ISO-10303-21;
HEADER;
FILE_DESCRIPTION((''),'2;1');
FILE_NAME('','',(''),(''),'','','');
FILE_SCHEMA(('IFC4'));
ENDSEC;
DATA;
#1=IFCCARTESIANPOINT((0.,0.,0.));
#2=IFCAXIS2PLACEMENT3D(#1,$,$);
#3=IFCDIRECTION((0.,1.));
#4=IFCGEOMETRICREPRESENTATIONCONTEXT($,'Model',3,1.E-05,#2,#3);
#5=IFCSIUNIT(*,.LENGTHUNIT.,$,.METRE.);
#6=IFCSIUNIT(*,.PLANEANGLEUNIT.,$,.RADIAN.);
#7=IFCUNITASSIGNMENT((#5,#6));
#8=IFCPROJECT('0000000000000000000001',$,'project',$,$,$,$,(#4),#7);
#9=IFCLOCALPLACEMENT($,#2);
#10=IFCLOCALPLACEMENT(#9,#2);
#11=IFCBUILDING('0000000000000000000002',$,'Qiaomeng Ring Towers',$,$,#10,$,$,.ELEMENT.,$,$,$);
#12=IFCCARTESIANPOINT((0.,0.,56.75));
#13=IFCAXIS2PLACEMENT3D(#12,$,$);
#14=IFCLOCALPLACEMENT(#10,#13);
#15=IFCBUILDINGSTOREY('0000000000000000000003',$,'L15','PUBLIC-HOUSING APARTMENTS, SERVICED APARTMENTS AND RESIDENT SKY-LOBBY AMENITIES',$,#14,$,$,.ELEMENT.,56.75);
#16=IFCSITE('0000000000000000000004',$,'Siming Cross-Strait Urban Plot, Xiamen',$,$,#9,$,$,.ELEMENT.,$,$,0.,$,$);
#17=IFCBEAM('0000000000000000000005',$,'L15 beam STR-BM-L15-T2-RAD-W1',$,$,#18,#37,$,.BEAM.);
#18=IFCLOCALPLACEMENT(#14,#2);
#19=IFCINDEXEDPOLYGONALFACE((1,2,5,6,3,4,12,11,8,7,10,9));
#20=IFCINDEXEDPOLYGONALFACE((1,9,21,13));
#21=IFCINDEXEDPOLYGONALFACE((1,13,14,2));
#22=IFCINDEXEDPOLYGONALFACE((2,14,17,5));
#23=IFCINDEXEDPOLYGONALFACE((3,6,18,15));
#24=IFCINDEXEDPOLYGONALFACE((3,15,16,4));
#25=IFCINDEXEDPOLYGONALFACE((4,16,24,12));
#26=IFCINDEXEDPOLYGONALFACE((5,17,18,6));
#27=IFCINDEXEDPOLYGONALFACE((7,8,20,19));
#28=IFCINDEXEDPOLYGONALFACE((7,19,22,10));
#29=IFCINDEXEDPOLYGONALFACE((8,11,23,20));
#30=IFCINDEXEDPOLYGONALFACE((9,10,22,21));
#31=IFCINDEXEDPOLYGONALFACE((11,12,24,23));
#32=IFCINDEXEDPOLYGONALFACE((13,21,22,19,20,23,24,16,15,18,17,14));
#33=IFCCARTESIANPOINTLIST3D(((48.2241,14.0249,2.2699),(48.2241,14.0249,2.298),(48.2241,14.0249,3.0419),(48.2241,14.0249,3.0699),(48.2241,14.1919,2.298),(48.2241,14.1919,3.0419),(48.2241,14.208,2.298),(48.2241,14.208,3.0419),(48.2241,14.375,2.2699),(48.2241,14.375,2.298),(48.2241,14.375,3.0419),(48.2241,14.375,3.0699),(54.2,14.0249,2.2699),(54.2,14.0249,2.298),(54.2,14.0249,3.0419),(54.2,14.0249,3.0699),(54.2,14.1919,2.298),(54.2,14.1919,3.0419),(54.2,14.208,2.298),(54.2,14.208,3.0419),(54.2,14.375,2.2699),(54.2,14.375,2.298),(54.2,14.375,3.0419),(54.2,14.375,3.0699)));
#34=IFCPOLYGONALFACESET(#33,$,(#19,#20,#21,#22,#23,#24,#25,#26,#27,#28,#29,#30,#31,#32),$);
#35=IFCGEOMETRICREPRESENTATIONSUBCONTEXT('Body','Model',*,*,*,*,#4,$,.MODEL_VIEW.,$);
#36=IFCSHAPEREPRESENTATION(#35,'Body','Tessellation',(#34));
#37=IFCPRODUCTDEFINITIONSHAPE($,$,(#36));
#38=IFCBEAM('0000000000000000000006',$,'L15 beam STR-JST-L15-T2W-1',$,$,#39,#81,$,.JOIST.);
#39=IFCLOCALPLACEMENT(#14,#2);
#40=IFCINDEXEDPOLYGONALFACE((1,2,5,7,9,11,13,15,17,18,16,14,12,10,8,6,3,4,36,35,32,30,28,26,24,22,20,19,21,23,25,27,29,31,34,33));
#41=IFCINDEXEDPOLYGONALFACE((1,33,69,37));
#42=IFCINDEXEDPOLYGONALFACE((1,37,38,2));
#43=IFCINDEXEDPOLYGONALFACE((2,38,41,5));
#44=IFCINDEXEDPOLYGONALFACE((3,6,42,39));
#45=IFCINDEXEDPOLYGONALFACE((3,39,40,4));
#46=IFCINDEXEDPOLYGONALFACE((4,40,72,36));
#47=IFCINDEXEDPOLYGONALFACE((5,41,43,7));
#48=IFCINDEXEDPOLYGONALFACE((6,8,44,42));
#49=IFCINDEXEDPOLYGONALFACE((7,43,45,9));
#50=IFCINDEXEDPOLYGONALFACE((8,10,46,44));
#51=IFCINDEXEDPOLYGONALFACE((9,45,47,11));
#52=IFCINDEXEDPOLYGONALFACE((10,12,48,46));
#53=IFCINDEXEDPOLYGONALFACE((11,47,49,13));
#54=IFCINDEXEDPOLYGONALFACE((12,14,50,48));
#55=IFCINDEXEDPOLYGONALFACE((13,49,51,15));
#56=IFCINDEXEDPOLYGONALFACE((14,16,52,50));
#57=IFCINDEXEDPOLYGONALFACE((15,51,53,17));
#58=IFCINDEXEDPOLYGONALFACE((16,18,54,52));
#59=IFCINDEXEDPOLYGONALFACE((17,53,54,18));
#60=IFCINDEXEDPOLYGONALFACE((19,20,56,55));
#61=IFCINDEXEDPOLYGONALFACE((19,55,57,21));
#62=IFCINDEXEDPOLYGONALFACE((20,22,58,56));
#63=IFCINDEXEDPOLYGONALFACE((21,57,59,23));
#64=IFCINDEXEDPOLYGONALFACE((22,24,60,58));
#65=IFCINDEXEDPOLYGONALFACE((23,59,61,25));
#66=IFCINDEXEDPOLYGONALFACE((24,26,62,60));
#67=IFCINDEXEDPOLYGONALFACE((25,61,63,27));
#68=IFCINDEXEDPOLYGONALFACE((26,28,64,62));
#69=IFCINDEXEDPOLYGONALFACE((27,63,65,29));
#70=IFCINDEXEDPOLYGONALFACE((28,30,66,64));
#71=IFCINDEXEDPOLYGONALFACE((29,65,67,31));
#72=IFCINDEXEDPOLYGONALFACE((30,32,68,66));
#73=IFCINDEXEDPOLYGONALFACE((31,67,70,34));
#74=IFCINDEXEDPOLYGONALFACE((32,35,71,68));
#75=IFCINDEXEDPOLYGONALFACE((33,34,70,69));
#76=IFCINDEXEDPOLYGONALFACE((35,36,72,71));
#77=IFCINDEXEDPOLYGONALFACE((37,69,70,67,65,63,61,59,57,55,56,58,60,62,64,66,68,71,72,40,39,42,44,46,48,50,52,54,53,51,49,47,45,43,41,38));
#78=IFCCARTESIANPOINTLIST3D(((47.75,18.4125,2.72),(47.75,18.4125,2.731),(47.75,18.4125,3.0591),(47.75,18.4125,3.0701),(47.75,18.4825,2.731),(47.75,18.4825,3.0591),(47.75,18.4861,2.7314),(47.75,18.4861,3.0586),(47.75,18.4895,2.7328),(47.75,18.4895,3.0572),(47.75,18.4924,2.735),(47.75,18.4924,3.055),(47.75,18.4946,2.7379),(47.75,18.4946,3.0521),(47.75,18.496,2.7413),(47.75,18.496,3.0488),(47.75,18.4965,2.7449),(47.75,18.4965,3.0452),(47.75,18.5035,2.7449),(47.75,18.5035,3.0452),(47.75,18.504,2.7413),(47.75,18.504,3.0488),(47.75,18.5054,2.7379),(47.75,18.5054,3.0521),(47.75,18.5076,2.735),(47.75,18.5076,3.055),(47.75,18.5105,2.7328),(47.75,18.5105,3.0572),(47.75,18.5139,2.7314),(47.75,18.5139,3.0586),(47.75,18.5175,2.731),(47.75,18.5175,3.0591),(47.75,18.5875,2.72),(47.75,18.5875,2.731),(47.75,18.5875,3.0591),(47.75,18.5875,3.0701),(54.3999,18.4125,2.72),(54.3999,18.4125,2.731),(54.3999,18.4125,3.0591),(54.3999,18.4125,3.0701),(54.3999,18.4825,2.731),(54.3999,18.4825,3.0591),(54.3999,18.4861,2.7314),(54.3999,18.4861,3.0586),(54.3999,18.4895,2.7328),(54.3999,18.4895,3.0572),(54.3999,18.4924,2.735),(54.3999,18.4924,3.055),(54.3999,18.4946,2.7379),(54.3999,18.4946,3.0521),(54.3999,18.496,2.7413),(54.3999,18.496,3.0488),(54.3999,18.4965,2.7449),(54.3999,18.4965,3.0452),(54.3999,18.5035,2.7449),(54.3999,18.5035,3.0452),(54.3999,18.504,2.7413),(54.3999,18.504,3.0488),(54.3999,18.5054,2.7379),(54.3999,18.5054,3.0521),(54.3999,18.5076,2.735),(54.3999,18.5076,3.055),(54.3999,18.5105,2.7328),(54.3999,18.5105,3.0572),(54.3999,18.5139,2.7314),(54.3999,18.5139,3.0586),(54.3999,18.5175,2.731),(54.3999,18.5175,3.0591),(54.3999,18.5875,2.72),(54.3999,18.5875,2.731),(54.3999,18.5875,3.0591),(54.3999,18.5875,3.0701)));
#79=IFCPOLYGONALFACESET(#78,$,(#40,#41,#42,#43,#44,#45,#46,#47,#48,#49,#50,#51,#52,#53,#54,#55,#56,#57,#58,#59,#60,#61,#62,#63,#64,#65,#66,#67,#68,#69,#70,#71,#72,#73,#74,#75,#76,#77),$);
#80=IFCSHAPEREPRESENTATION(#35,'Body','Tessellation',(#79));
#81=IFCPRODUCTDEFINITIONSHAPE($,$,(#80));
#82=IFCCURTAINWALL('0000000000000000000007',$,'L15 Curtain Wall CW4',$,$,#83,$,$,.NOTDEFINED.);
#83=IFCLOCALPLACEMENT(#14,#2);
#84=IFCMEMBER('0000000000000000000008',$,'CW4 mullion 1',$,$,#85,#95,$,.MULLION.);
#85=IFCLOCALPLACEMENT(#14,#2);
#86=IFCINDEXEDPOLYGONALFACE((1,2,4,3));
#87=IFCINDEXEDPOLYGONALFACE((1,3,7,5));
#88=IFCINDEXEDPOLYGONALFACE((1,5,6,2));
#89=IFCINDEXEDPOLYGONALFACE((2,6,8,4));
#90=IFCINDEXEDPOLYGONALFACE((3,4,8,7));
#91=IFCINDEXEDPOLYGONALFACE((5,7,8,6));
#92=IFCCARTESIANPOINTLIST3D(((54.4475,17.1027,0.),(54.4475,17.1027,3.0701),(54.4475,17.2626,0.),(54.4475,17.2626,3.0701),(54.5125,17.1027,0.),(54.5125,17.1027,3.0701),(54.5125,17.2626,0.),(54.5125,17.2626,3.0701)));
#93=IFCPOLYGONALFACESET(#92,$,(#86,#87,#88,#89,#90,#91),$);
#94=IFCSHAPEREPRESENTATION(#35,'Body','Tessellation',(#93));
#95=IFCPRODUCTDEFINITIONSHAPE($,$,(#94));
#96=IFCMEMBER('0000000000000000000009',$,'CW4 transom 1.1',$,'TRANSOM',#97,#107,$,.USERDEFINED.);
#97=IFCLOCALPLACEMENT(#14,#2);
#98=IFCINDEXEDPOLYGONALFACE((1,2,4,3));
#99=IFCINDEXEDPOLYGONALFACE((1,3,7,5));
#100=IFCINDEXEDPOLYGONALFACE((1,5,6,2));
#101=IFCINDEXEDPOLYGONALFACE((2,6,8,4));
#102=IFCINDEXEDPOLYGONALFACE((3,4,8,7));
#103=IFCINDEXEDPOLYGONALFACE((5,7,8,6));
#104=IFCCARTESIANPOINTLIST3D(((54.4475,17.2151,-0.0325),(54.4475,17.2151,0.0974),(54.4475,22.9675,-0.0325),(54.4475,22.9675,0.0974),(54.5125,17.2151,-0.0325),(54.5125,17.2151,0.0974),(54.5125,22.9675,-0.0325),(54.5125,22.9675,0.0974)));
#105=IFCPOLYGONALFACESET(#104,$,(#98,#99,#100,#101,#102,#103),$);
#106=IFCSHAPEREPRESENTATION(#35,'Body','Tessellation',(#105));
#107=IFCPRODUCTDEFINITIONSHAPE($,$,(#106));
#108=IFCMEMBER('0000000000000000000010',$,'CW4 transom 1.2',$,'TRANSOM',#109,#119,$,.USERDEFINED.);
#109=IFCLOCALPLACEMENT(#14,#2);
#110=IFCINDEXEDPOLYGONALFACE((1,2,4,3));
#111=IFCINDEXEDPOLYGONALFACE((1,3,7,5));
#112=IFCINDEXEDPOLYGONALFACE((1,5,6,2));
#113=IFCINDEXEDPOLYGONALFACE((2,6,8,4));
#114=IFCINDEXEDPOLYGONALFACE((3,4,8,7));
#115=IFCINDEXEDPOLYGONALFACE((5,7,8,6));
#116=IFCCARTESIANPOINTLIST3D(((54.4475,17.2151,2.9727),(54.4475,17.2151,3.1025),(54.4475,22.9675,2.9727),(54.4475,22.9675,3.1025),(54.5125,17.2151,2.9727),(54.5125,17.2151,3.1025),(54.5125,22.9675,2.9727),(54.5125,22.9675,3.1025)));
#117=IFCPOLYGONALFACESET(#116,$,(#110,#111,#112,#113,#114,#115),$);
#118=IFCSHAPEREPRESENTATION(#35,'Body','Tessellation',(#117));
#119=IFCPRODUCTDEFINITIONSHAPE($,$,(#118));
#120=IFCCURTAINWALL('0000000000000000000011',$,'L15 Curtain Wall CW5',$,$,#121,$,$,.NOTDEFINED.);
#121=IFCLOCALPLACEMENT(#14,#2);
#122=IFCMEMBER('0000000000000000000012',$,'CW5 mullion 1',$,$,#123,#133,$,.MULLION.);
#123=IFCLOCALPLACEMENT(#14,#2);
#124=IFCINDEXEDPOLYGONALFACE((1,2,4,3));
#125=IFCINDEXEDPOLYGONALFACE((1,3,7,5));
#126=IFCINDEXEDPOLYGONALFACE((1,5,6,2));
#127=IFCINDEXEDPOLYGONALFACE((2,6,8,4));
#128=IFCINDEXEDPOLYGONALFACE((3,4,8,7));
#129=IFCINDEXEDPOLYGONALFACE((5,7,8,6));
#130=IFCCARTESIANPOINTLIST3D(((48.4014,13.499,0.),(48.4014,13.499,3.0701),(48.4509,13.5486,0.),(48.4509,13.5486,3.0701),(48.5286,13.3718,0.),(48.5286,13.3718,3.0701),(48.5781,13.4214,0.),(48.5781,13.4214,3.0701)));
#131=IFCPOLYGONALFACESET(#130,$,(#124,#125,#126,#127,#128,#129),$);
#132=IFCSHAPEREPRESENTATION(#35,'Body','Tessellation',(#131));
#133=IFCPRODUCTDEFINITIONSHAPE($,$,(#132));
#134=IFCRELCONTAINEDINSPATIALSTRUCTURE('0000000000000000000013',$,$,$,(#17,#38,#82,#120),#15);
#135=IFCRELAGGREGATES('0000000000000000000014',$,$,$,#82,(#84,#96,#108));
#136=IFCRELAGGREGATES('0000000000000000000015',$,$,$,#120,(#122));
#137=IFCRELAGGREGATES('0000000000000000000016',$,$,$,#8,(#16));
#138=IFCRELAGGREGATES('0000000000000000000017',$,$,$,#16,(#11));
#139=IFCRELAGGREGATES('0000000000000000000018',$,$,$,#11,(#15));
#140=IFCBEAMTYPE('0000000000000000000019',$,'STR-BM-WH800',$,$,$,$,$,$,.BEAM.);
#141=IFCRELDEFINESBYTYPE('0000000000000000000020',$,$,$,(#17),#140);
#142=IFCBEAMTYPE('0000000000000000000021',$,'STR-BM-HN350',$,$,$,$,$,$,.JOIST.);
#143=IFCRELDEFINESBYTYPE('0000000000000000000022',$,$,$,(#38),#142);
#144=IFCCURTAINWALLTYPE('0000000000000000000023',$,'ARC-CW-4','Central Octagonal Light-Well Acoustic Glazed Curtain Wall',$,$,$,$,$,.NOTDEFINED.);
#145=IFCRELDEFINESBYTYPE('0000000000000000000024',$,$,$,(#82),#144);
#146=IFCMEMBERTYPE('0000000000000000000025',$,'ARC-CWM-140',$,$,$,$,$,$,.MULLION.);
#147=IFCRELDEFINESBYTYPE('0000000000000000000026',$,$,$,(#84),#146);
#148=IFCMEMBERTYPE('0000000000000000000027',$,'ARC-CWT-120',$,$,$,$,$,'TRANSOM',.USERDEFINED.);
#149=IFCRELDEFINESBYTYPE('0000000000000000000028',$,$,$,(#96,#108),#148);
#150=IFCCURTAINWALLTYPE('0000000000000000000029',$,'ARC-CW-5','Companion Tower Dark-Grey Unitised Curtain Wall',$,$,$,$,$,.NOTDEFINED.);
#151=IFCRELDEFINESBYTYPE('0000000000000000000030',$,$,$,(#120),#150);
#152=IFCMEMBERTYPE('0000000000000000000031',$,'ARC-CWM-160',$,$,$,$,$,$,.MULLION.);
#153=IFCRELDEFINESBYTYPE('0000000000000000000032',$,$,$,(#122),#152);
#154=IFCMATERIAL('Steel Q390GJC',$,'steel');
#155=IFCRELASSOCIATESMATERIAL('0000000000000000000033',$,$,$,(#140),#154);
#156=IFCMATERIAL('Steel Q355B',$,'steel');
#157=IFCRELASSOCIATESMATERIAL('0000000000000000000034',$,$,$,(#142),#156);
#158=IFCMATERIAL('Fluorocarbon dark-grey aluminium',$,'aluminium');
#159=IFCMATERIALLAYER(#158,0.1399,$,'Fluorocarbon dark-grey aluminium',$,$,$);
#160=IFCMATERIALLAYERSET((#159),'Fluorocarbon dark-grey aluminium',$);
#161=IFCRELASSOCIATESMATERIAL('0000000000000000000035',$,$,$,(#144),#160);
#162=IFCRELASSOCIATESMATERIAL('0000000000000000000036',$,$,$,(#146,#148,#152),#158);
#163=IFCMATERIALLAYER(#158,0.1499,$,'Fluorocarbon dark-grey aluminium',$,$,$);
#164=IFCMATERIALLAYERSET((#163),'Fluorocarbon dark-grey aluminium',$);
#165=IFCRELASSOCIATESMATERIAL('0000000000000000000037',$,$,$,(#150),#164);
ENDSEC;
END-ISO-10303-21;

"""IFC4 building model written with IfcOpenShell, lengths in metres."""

from ifc_helpers import new_model, si_unit, direction, frame, origin, origin_2d, place, context, subcontext, project, spatial, rectangle, i_section, extrude, source, transform, mapped, material, layer, layer_set, material_profile, profile_set, type_object, element, aggregate, save


model = new_model("IFC4")

# Units and contexts
model_context = context("Model", 3, precision=1e-05, world=origin(), true_north=direction((0.0, 1.0)))
body_context = subcontext(model_context, "Body", "Model", "MODEL_VIEW")
ifc_project = project(units=[si_unit("LENGTHUNIT", "METRE"), si_unit("PLANEANGLEUNIT", "RADIAN")], contexts=[model_context])

# Site, building, storey
site_placement = place(None, origin())
site = spatial("IfcSite", under=ifc_project, at=site_placement, Name="Siming Cross-Strait Urban Plot, Xiamen", CompositionType="ELEMENT", RefElevation=0.0)
building_placement = place(site_placement, origin())
building = spatial("IfcBuilding", under=site, at=building_placement, Name="Qiaomeng Ring Towers", CompositionType="ELEMENT")
storey_placement = place(building_placement, frame((0.0, 0.0, 56.75)))
storey = spatial("IfcBuildingStorey", under=building, at=storey_placement, Name="L15", Description="PUBLIC-HOUSING APARTMENTS, SERVICED APARTMENTS AND RESIDENT SKY-LOBBY AMENITIES", CompositionType="ELEMENT", Elevation=56.75)

# Beams
ifc_material_1 = material(Name="Steel Q355B", Category="steel")
ifc_material_2 = material(Name="Steel Q390GJC", Category="steel")
ifc_material_profile_1 = material_profile(ifc_material_2, i_section(OverallWidth=0.3501, OverallDepth=0.8, WebThickness=0.0161, FlangeThickness=0.0281, at=origin_2d()), Name="WH 800x350x16x28")
ifc_profile_set_1 = profile_set([ifc_material_profile_1], Name="Steel Q390GJC")
beam_type_1 = type_object("IfcBeamType", Name="STR-BM-WH800", PredefinedType="BEAM", material=ifc_profile_set_1)
shared_shape_1 = source(origin(), body_context, "Body", "SweptSolid", [
    extrude(i_section(OverallWidth=0.3501, OverallDepth=0.8, WebThickness=0.0161, FlangeThickness=0.0281, at=origin_2d()), origin(), (0.0, 0.0, 1.0), 5.9758),
])
beam_1_placement = place(storey_placement, frame((48.2241, 14.2, 2.6699), z_axis=(1.0, 0.0, 0.0), x_axis=(0.0, 1.0, 0.0)))
element("IfcBeam", 1, at=beam_1_placement, inside=storey, type_object=beam_type_1, Name="L15 beam STR-BM-L15-T2-RAD-W1", PredefinedType="BEAM", context=body_context, shape_type="MappedRepresentation", body=[
    mapped(shared_shape_1, transform((0.0, 0.0, 0.0), x_axis=(1.0, 0.0, 0.0), y_axis=(0.0, 1.0, 0.0), z_axis=(0.0, 0.0, 1.0), scale=1.0)),
])
ifc_material_profile_2 = material_profile(ifc_material_1, i_section(OverallWidth=0.175, OverallDepth=0.3501, WebThickness=0.0071, FlangeThickness=0.011, FilletRadius=0.0139, at=origin_2d()), Name="HN 350x175x7x11")
ifc_profile_set_2 = profile_set([ifc_material_profile_2], Name="Steel Q355B")
beam_type_2 = type_object("IfcBeamType", Name="STR-BM-HN350", PredefinedType="JOIST", material=ifc_profile_set_2)
shared_shape_2 = source(origin(), body_context, "Body", "SweptSolid", [
    extrude(i_section(OverallWidth=0.175, OverallDepth=0.3501, WebThickness=0.0071, FlangeThickness=0.011, FilletRadius=0.0139, at=origin_2d()), origin(), (0.0, 0.0, 1.0), 6.6499),
])
beam_2_placement = place(storey_placement, frame((47.75, 18.5, 2.895), z_axis=(1.0, 0.0, 0.0), x_axis=(0.0, 1.0, 0.0)))
element("IfcBeam", 2, at=beam_2_placement, inside=storey, type_object=beam_type_2, Name="L15 beam STR-JST-L15-T2W-1", PredefinedType="JOIST", context=body_context, shape_type="MappedRepresentation", body=[
    mapped(shared_shape_2, transform((0.0, 0.0, 0.0), x_axis=(1.0, 0.0, 0.0), y_axis=(0.0, 1.0, 0.0), z_axis=(0.0, 0.0, 1.0), scale=1.0)),
])

# Curtain wall, members
ifc_material_3 = material(Name="Fluorocarbon dark-grey aluminium", Category="aluminium")
ifc_layer_1 = layer(ifc_material_3, 0.1399, Name="Fluorocarbon dark-grey aluminium")
ifc_layer_set_1 = layer_set([ifc_layer_1], Name="Fluorocarbon dark-grey aluminium")
curtain_wall_type_1 = type_object("IfcCurtainWallType", Name="ARC-CW-4", Description="Central Octagonal Light-Well Acoustic Glazed Curtain Wall", PredefinedType="NOTDEFINED", material=ifc_layer_set_1)
curtain_wall_1_placement = place(storey_placement, origin())
curtain_wall_1 = element("IfcCurtainWall", 3, at=curtain_wall_1_placement, inside=storey, type_object=curtain_wall_type_1, Name="L15 Curtain Wall CW4", PredefinedType="NOTDEFINED")
ifc_material_profile_3 = material_profile(ifc_material_3, rectangle(XDim=0.0649, YDim=0.1599, at=origin_2d()), Name="ALU MULL 65x160")
ifc_profile_set_3 = profile_set([ifc_material_profile_3], Name="Fluorocarbon dark-grey aluminium")
member_type_1 = type_object("IfcMemberType", Name="ARC-CWM-140", PredefinedType="MULLION", material=ifc_profile_set_3)
shared_shape_3 = source(origin(), body_context, "Body", "SweptSolid", [
    extrude(rectangle(XDim=0.0649, YDim=0.1599, at=origin_2d()), origin(), (0.0, 0.0, 1.0), 3.0701),
])
member_1_placement = place(storey_placement, frame((54.48, 17.1826, 0.0), z_axis=(0.0, 0.0, 1.0), x_axis=(-1.0, 0.0, 0.0)))
member_1 = element("IfcMember", 4, at=member_1_placement, type_object=member_type_1, Name="CW4 mullion 1", PredefinedType="MULLION", context=body_context, shape_type="MappedRepresentation", body=[
    mapped(shared_shape_3, transform((0.0, 0.0, 0.0), x_axis=(1.0, 0.0, 0.0), y_axis=(0.0, 1.0, 0.0), z_axis=(0.0, 0.0, 1.0), scale=1.0)),
])
ifc_material_profile_4 = material_profile(ifc_material_3, rectangle(XDim=0.0649, YDim=0.1299, at=origin_2d()), Name="ALU TRAN 65x130")
ifc_profile_set_4 = profile_set([ifc_material_profile_4], Name="Fluorocarbon dark-grey aluminium")
member_type_2 = type_object("IfcMemberType", Name="ARC-CWT-120", ElementType="TRANSOM", PredefinedType="USERDEFINED", material=ifc_profile_set_4)
shared_shape_4 = source(origin(), body_context, "Body", "SweptSolid", [
    extrude(rectangle(XDim=0.0649, YDim=0.1299, at=origin_2d()), origin(), (0.0, 0.0, 1.0), 5.7524),
])
member_2_placement = place(storey_placement, frame((54.48, 17.2151, 0.0325), z_axis=(0.0, 1.0, 0.0), x_axis=(-1.0, 0.0, 0.0)))
member_2 = element("IfcMember", 5, at=member_2_placement, type_object=member_type_2, Name="CW4 transom 1.1", ObjectType="TRANSOM", PredefinedType="USERDEFINED", context=body_context, shape_type="MappedRepresentation", body=[
    mapped(shared_shape_4, transform((0.0, 0.0, 0.0), x_axis=(1.0, 0.0, 0.0), y_axis=(0.0, 1.0, 0.0), z_axis=(0.0, 0.0, 1.0), scale=1.0)),
])
member_3_placement = place(storey_placement, frame((54.48, 17.2151, 3.0376), z_axis=(0.0, 1.0, 0.0), x_axis=(-1.0, 0.0, 0.0)))
member_3 = element("IfcMember", 6, at=member_3_placement, type_object=member_type_2, Name="CW4 transom 1.2", ObjectType="TRANSOM", PredefinedType="USERDEFINED", context=body_context, shape_type="MappedRepresentation", body=[
    mapped(shared_shape_4, transform((0.0, 0.0, 0.0), x_axis=(1.0, 0.0, 0.0), y_axis=(0.0, 1.0, 0.0), z_axis=(0.0, 0.0, 1.0), scale=1.0)),
])
aggregate(curtain_wall_1, [member_1, member_2, member_3])

# Curtain wall, member
ifc_layer_2 = layer(ifc_material_3, 0.1499, Name="Fluorocarbon dark-grey aluminium")
ifc_layer_set_2 = layer_set([ifc_layer_2], Name="Fluorocarbon dark-grey aluminium")
curtain_wall_type_2 = type_object("IfcCurtainWallType", Name="ARC-CW-5", Description="Companion Tower Dark-Grey Unitised Curtain Wall", PredefinedType="NOTDEFINED", material=ifc_layer_set_2)
curtain_wall_2_placement = place(storey_placement, origin())
curtain_wall_2 = element("IfcCurtainWall", 7, at=curtain_wall_2_placement, inside=storey, type_object=curtain_wall_type_2, Name="L15 Curtain Wall CW5", PredefinedType="NOTDEFINED")
ifc_material_profile_5 = material_profile(ifc_material_3, rectangle(XDim=0.0701, YDim=0.1799, at=origin_2d()), Name="ALU MULL 70x180")
ifc_profile_set_5 = profile_set([ifc_material_profile_5], Name="Fluorocarbon dark-grey aluminium")
member_type_3 = type_object("IfcMemberType", Name="ARC-CWM-160", PredefinedType="MULLION", material=ifc_profile_set_5)
shared_shape_5 = source(origin(), body_context, "Body", "SweptSolid", [
    extrude(rectangle(XDim=0.0701, YDim=0.1799, at=origin_2d()), origin(), (0.0, 0.0, 1.0), 3.0701),
])
member_4_placement = place(storey_placement, frame((48.4897, 13.4602, 0.0), z_axis=(0.0, 0.0, 1.0), x_axis=(0.707107, 0.707107, 0.0)))
member_4 = element("IfcMember", 8, at=member_4_placement, type_object=member_type_3, Name="CW5 mullion 1", PredefinedType="MULLION", context=body_context, shape_type="MappedRepresentation", body=[
    mapped(shared_shape_5, transform((0.0, 0.0, 0.0), x_axis=(1.0, 0.0, 0.0), y_axis=(0.0, 1.0, 0.0), z_axis=(0.0, 0.0, 1.0), scale=1.0)),
])
aggregate(curtain_wall_2, [member_4])

save(model, "model.ifc")
